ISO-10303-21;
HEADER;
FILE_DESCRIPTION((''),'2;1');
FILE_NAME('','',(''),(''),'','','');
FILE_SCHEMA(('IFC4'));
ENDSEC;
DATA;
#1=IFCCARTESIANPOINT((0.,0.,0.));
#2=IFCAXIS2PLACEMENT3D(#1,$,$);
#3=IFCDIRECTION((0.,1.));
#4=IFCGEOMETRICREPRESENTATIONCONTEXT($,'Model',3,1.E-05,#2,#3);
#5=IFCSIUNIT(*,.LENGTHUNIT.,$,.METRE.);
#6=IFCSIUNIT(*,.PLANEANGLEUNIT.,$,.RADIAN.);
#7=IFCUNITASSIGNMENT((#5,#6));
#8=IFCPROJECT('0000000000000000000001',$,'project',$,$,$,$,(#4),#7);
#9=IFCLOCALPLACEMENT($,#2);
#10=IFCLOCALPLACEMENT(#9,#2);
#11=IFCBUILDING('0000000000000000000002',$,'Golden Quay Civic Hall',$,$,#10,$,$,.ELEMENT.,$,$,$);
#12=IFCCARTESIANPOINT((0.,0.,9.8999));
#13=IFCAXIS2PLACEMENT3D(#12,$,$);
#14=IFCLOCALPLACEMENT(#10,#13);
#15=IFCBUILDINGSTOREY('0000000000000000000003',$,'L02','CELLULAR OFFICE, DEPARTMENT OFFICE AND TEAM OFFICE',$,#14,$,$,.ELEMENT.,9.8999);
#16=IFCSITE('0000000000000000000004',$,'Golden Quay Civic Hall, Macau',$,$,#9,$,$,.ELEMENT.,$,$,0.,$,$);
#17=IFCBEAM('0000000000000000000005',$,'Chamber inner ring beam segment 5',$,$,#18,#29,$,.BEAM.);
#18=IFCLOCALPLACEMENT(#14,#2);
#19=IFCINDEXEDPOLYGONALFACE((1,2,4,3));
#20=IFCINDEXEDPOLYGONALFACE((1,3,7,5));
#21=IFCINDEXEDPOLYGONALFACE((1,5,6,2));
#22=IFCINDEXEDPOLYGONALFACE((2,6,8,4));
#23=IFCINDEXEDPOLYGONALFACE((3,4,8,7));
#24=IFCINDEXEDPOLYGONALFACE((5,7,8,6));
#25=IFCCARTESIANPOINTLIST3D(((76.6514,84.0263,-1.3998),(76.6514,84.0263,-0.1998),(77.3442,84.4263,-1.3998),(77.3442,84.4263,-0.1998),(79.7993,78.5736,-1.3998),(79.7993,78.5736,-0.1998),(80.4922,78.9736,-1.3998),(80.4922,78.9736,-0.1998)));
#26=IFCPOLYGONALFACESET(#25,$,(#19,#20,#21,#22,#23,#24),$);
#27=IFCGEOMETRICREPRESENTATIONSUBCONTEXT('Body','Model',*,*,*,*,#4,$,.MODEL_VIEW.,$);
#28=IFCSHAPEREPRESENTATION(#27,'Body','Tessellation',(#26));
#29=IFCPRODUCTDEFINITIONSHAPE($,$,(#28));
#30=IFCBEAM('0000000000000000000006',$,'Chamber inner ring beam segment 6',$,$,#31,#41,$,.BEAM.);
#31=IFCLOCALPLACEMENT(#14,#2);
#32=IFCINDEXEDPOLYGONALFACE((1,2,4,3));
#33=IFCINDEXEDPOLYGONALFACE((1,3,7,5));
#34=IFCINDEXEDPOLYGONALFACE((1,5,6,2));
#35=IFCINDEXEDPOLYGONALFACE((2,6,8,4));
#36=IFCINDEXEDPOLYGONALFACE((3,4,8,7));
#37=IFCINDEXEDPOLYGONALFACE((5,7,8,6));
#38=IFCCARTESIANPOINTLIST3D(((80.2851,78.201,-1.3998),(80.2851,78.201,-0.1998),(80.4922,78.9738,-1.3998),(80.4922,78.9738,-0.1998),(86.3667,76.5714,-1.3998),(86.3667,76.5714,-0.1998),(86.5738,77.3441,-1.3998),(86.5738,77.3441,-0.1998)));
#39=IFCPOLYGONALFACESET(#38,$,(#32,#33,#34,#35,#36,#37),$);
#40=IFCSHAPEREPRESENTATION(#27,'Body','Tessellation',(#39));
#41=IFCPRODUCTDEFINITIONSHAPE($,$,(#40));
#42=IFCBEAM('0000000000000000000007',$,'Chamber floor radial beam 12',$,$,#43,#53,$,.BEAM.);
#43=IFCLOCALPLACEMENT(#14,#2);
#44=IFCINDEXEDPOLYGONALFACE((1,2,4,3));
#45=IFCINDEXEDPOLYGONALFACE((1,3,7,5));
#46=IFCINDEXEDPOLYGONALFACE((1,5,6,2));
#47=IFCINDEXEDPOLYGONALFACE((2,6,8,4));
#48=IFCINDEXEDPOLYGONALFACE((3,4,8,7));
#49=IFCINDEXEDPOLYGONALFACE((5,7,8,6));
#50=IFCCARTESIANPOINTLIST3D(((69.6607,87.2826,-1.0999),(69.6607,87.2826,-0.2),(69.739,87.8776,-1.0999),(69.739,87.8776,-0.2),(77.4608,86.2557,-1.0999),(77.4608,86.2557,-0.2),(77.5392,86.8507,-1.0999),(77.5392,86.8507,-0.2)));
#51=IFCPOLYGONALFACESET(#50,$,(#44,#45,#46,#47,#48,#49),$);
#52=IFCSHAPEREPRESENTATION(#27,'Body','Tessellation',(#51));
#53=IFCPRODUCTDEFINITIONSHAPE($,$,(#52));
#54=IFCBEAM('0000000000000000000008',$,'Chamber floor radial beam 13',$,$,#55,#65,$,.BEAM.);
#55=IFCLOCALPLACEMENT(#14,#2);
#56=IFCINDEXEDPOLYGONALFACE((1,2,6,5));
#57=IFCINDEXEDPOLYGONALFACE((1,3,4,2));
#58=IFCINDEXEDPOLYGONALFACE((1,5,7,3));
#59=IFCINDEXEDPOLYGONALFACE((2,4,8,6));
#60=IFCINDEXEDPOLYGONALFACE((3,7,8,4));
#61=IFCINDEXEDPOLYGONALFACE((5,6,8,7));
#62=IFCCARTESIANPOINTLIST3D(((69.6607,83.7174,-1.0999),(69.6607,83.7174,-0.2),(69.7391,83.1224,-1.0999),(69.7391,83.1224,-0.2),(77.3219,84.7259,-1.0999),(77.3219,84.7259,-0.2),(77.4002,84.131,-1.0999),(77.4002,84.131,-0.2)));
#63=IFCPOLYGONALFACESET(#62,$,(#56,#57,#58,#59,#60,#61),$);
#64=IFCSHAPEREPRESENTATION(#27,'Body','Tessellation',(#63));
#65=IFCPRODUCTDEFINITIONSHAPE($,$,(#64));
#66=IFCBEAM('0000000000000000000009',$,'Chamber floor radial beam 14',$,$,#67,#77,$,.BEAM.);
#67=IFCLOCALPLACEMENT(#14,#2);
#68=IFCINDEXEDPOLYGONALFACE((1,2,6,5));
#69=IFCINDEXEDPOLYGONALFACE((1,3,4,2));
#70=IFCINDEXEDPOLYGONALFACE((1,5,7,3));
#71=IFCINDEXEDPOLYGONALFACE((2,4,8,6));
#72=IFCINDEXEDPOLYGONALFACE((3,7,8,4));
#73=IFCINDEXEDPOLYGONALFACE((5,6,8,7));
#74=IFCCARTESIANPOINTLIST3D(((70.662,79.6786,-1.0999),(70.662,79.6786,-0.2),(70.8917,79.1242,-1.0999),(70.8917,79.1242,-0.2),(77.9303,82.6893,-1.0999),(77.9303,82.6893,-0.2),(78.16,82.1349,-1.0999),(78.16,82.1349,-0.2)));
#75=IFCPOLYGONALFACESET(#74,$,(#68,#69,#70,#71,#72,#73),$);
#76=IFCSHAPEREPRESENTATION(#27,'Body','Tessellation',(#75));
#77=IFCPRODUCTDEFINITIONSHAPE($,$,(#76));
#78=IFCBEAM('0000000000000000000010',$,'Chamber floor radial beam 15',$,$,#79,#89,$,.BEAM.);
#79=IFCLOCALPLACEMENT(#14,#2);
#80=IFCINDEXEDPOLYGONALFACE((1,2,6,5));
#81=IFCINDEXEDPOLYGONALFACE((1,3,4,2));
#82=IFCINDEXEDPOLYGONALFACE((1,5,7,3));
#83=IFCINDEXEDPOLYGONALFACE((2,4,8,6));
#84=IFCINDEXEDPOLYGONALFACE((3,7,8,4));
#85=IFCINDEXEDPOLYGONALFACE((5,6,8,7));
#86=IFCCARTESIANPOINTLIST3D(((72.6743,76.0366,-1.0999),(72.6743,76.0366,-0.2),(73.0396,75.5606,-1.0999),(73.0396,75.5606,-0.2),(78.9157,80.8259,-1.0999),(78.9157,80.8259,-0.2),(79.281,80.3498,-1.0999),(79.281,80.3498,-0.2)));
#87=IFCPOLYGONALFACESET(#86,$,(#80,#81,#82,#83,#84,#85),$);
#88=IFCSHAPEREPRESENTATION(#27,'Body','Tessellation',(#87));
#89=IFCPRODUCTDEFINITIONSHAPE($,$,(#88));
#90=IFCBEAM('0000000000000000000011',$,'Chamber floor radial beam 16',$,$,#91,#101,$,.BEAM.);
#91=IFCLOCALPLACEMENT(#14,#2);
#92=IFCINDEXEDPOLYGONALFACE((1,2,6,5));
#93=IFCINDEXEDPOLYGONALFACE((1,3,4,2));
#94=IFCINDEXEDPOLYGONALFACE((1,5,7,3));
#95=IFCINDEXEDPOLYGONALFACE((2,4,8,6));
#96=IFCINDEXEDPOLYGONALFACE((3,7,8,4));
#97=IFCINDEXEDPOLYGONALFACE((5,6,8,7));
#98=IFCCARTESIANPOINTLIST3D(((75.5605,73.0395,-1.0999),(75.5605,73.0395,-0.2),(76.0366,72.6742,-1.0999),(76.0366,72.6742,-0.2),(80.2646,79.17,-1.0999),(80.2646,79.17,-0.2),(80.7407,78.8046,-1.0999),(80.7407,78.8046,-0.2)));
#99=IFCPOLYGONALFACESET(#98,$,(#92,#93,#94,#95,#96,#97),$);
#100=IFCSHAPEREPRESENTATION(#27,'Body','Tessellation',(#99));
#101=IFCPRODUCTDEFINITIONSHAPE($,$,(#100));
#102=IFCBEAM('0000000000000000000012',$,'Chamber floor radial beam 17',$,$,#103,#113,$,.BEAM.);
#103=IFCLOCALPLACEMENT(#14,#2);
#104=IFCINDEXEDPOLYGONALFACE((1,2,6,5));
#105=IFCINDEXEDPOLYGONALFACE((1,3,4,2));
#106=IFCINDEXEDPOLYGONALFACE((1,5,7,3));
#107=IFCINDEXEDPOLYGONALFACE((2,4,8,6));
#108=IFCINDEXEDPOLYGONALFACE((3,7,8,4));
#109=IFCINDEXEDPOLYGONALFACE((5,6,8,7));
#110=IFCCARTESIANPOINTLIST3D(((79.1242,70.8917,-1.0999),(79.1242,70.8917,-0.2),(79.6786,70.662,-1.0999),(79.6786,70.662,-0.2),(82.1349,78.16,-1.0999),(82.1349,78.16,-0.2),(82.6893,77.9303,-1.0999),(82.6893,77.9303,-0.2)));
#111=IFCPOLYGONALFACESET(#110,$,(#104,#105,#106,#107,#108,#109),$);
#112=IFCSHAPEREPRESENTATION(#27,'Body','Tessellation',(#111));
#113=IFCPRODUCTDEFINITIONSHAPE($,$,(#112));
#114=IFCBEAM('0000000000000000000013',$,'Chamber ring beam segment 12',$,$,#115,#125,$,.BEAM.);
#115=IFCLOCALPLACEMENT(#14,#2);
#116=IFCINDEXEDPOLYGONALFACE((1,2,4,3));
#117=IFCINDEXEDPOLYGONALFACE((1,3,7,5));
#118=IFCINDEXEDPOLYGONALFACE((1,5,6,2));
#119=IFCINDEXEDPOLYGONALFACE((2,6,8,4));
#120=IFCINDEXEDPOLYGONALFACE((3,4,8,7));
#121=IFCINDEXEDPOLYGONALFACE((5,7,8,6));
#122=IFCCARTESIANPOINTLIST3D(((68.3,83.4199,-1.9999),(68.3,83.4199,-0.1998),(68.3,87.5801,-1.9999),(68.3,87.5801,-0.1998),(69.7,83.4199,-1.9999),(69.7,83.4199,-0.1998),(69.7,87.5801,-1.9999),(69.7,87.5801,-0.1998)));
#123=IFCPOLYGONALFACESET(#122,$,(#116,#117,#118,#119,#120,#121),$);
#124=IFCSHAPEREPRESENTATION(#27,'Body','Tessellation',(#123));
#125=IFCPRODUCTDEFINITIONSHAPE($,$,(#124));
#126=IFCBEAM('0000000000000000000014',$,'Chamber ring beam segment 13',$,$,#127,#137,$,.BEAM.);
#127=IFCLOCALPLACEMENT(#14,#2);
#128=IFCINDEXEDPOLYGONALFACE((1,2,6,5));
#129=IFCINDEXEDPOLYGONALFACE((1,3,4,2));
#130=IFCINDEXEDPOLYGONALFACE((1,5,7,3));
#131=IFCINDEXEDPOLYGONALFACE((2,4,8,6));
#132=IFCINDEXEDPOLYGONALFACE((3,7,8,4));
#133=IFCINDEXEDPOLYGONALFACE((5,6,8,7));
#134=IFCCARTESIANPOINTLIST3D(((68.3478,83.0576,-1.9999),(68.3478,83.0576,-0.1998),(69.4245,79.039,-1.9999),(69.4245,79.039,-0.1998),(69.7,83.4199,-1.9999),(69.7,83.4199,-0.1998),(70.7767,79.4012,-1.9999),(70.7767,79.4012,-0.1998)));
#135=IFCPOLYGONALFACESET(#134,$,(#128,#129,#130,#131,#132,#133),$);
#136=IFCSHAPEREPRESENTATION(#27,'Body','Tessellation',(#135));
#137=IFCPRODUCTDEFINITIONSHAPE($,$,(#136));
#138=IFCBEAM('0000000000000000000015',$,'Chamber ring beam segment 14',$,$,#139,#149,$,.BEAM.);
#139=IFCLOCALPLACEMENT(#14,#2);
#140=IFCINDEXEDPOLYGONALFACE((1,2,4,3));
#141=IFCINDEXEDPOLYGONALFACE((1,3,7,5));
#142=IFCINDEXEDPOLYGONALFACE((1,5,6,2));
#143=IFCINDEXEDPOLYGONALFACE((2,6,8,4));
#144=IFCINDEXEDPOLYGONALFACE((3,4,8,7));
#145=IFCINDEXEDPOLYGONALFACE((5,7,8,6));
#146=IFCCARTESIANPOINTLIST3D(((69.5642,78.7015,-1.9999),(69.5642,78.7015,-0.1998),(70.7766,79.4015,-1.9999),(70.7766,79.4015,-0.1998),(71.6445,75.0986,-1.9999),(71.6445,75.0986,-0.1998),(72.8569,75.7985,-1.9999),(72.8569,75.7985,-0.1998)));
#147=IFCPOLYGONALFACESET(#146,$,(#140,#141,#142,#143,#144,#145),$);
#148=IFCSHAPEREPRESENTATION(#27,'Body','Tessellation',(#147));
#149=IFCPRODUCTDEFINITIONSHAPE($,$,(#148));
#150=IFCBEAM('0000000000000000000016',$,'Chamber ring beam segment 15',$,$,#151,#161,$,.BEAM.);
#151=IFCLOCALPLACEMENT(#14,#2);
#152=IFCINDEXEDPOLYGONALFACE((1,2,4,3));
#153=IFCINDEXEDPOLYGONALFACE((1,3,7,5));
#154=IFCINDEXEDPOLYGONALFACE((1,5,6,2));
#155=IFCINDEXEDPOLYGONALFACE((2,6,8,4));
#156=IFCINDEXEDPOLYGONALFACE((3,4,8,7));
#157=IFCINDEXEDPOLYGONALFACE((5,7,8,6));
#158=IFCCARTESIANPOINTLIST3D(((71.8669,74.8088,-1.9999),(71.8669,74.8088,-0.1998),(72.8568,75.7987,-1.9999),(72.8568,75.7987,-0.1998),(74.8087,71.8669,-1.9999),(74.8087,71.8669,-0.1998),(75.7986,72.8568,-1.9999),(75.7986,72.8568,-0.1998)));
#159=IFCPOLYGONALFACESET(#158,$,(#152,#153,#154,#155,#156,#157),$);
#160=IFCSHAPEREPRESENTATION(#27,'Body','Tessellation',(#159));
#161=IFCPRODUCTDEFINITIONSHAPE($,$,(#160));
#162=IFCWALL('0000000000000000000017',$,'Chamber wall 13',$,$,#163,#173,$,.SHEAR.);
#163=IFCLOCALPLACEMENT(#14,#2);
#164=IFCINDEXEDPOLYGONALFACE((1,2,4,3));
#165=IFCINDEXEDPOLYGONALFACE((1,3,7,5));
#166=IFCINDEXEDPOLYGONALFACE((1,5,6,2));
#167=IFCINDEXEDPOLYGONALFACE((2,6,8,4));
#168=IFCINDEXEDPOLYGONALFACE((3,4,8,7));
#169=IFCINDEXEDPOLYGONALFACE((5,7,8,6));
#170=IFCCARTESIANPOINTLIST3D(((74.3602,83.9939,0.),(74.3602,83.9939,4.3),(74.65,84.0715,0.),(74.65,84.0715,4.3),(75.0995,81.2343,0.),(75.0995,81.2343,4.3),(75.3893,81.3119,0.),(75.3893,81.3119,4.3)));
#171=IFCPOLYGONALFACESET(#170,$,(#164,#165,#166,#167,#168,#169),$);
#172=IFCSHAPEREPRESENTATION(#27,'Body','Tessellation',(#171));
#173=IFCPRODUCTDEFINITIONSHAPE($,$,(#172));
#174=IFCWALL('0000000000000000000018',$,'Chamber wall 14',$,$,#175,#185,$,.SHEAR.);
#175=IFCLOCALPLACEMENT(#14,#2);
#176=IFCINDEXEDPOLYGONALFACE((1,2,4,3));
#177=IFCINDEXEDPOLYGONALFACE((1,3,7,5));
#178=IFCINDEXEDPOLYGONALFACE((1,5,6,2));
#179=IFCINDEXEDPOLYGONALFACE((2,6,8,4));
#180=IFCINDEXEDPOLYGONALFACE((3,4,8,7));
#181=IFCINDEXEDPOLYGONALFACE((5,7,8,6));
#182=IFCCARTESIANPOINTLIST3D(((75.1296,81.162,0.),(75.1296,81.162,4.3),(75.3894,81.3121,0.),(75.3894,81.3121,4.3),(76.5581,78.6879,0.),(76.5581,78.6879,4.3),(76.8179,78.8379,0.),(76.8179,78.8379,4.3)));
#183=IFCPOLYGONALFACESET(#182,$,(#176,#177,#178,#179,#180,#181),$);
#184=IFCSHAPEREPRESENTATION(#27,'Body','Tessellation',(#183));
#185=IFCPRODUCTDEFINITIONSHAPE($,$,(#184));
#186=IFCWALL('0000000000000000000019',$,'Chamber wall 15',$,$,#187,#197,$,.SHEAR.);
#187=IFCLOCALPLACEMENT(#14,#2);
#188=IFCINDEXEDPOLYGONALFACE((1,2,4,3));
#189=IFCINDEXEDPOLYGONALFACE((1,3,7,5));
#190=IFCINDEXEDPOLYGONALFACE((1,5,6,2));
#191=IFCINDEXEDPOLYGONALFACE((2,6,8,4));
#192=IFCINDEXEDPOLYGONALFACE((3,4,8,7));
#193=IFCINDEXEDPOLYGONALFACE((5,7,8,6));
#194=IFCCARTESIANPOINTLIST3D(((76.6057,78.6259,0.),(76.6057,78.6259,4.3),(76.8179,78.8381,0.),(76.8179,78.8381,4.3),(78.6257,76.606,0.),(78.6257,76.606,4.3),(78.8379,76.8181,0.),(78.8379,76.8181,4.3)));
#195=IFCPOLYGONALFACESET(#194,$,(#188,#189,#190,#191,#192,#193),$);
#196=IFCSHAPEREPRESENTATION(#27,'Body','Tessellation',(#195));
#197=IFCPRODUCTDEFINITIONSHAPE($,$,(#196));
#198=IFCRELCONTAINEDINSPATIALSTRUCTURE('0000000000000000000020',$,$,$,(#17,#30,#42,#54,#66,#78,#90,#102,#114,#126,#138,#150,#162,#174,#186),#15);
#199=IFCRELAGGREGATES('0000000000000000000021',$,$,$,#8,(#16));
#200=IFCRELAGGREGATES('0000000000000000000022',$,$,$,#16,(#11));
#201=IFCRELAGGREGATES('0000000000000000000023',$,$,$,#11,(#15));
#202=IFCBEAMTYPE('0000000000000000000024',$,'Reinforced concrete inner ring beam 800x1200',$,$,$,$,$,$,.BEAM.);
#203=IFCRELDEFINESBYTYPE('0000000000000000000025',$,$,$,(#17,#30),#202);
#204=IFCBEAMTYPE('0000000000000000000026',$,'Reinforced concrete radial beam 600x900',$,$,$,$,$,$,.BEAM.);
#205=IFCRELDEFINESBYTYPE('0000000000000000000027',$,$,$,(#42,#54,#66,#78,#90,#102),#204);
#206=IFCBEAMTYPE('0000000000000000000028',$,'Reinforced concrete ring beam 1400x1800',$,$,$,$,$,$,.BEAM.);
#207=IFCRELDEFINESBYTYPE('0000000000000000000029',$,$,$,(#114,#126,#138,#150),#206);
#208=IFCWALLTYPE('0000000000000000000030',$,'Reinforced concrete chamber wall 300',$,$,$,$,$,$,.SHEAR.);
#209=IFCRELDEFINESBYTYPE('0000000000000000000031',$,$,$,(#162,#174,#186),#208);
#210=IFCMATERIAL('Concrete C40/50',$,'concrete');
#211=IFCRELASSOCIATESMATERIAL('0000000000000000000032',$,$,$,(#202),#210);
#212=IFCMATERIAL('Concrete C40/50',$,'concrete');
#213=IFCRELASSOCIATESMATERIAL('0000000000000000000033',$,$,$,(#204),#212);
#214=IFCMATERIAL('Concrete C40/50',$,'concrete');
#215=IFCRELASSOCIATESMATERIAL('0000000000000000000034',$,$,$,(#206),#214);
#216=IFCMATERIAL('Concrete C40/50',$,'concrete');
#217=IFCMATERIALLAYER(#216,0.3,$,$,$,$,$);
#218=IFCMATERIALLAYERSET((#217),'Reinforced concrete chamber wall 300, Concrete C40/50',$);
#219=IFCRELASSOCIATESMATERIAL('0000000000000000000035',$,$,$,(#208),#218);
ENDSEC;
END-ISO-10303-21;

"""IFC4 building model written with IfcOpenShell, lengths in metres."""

from ifc_helpers import new_model, si_unit, direction, frame, frame_2d, origin, origin_2d, place, context, subcontext, project, spatial, rectangle, extrude, material, layer, layer_set, material_profile, profile_set, type_object, element, save


model = new_model("IFC4")

# Units and contexts
model_context = context("Model", 3, precision=1e-05, world=origin(), true_north=direction((0.0, 1.0)))
body_context = subcontext(model_context, "Body", "Model", "MODEL_VIEW")
ifc_project = project(units=[si_unit("LENGTHUNIT", "METRE"), si_unit("PLANEANGLEUNIT", "RADIAN")], contexts=[model_context])

# Site, building, storey
site_placement = place(None, origin())
site = spatial("IfcSite", under=ifc_project, at=site_placement, Name="Golden Quay Civic Hall, Macau", CompositionType="ELEMENT", RefElevation=0.0)
building_placement = place(site_placement, origin())
building = spatial("IfcBuilding", under=site, at=building_placement, Name="Golden Quay Civic Hall", CompositionType="ELEMENT")
storey_placement = place(building_placement, frame((0.0, 0.0, 9.8999)))
storey = spatial("IfcBuildingStorey", under=building, at=storey_placement, Name="L02", Description="CELLULAR OFFICE, DEPARTMENT OFFICE AND TEAM OFFICE", CompositionType="ELEMENT", Elevation=9.8999)

# Beams
ifc_material_1 = material(Name="Concrete C40/50", Category="concrete")
ifc_material_profile_1 = material_profile(ifc_material_1, rectangle(XDim=0.8, YDim=1.2, at=origin_2d()), Name="RC 800x1200")
ifc_profile_set_1 = profile_set([ifc_material_profile_1], Name="Concrete C40/50")
beam_type_1 = type_object("IfcBeamType", Name="Reinforced concrete inner ring beam 800x1200", PredefinedType="BEAM", material=ifc_profile_set_1)
for number, where, z_axis, x_axis, name in (
    (1, (76.9978, 84.2263, -0.7998), (0.499984, -0.866034, 0.0), (0.866034, 0.499984, 0.0), "Chamber inner ring beam segment 5"),
    (2, (80.3887, 78.5874, -0.7998), (0.965922, -0.258833, 0.0), (0.258833, 0.965922, 0.0), "Chamber inner ring beam segment 6"),
):
    element("IfcBeam", number, at=place(storey_placement, frame(where, z_axis=z_axis, x_axis=x_axis)), inside=storey, type_object=beam_type_1, Name=name, PredefinedType="BEAM", context=body_context, shape_type="SweptSolid", body=[
        extrude(rectangle(XDim=0.8, YDim=1.2, at=origin_2d()), origin(), (0.0, 0.0, 1.0), 6.2961),
    ])
ifc_material_2 = material(Name="Concrete C40/50", Category="concrete")
ifc_material_profile_2 = material_profile(ifc_material_2, rectangle(XDim=0.6001, YDim=0.8999, at=origin_2d()), Name="RC 600x900")
ifc_profile_set_2 = profile_set([ifc_material_profile_2], Name="Concrete C40/50")
beam_type_2 = type_object("IfcBeamType", Name="Reinforced concrete radial beam 600x900", PredefinedType="BEAM", material=ifc_profile_set_2)
beam_1_placement = place(storey_placement, frame((77.5, 86.5532, -0.6499), z_axis=(-0.991446, 0.130521, 0.0), x_axis=(-0.130521, -0.991446, 0.0)))
element("IfcBeam", 3, at=beam_1_placement, inside=storey, type_object=beam_type_2, Name="Chamber floor radial beam 12", PredefinedType="BEAM", context=body_context, shape_type="SweptSolid", body=[
    extrude(rectangle(XDim=0.6001, YDim=0.8999, at=origin_2d()), origin(), (0.0, 0.0, 1.0), 7.8674),
])
beam_2_placement = place(storey_placement, frame((77.3611, 84.4285, -0.6499), z_axis=(-0.991446, -0.130518, 0.0), x_axis=(0.130518, -0.991446, 0.0)))
element("IfcBeam", 4, at=beam_2_placement, inside=storey, type_object=beam_type_2, Name="Chamber floor radial beam 13", PredefinedType="BEAM", context=body_context, shape_type="SweptSolid", body=[
    extrude(rectangle(XDim=0.6001, YDim=0.8999, at=origin_2d()), origin(), (0.0, 0.0, 1.0), 7.7273),
])
for number, where, z_axis, x_axis, name in (
    (5, (78.0452, 82.4121, -0.6499), (-0.923875, -0.382695, 0.0), (0.382695, -0.923875, 0.0), "Chamber floor radial beam 14"),
    (6, (79.0984, 80.5879, -0.6499), (-0.793349, -0.608767, 0.0), (0.608767, -0.793349, 0.0), "Chamber floor radial beam 15"),
):
    element("IfcBeam", number, at=place(storey_placement, frame(where, z_axis=z_axis, x_axis=x_axis)), inside=storey, type_object=beam_type_2, Name=name, PredefinedType="BEAM", context=body_context, shape_type="SweptSolid", body=[
        extrude(rectangle(XDim=0.6001, YDim=0.8999, at=origin_2d()), origin(), (0.0, 0.0, 1.0), 7.8672),
    ])
beam_3_placement = place(storey_placement, frame((80.5027, 78.9873, -0.6499), z_axis=(-0.60877, -0.793347, 0.0), x_axis=(0.793347, -0.60877, 0.0)))
element("IfcBeam", 7, at=beam_3_placement, inside=storey, type_object=beam_type_2, Name="Chamber floor radial beam 16", PredefinedType="BEAM", context=body_context, shape_type="SweptSolid", body=[
    extrude(rectangle(XDim=0.6001, YDim=0.8999, at=origin_2d()), origin(), (0.0, 0.0, 1.0), 7.7273),
])
beam_4_placement = place(storey_placement, frame((82.4121, 78.0452, -0.6499), z_axis=(-0.382695, -0.923875, 0.0), x_axis=(0.923875, -0.382695, 0.0)))
element("IfcBeam", 8, at=beam_4_placement, inside=storey, type_object=beam_type_2, Name="Chamber floor radial beam 17", PredefinedType="BEAM", context=body_context, shape_type="SweptSolid", body=[
    extrude(rectangle(XDim=0.6001, YDim=0.8999, at=origin_2d()), origin(), (0.0, 0.0, 1.0), 7.8672),
])
ifc_material_3 = material(Name="Concrete C40/50", Category="concrete")
ifc_material_profile_3 = material_profile(ifc_material_3, rectangle(XDim=1.3999, YDim=1.8, at=origin_2d()), Name="RC 1400x1800")
ifc_profile_set_3 = profile_set([ifc_material_profile_3], Name="Concrete C40/50")
beam_type_3 = type_object("IfcBeamType", Name="Reinforced concrete ring beam 1400x1800", PredefinedType="BEAM", material=ifc_profile_set_3)
beam_5_placement = place(storey_placement, frame((69.0, 87.5801, -1.0999), z_axis=(0.0, -1.0, 0.0), x_axis=(1.0, 0.0, 0.0)))
element("IfcBeam", 9, at=beam_5_placement, inside=storey, type_object=beam_type_3, Name="Chamber ring beam segment 12", PredefinedType="BEAM", context=body_context, shape_type="SweptSolid", body=[
    extrude(rectangle(XDim=1.3999, YDim=1.8, at=origin_2d()), origin(), (0.0, 0.0, 1.0), 4.1602),
])
for number, where, z_axis, x_axis, name in (
    (10, (69.0239, 83.2388, -1.0999), (0.258795, -0.965932, 0.0), (0.965932, 0.258795, 0.0), "Chamber ring beam segment 13"),
    (11, (70.1704, 79.0515, -1.0999), (0.50002, -0.866014, 0.0), (0.866014, 0.50002, 0.0), "Chamber ring beam segment 14"),
    (12, (72.3618, 75.3037, -1.0999), (0.707107, -0.707107, 0.0), (0.707107, 0.707107, 0.0), "Chamber ring beam segment 15"),
):
    element("IfcBeam", number, at=place(storey_placement, frame(where, z_axis=z_axis, x_axis=x_axis)), inside=storey, type_object=beam_type_3, Name=name, PredefinedType="BEAM", context=body_context, shape_type="SweptSolid", body=[
        extrude(rectangle(XDim=1.3999, YDim=1.8, at=origin_2d()), origin(), (0.0, 0.0, 1.0), 4.1604),
    ])

# Shared definitions
ifc_material_4 = material(Name="Concrete C40/50", Category="concrete")
ifc_layer_1 = layer(ifc_material_4, 0.3)
ifc_layer_set_1 = layer_set([ifc_layer_1], Name="Reinforced concrete chamber wall 300, Concrete C40/50")
wall_type_1 = type_object("IfcWallType", Name="Reinforced concrete chamber wall 300", PredefinedType="SHEAR", material=ifc_layer_set_1)

# Walls
for number, where, z_axis, x_axis, name in (
    (13, (74.5051, 84.0327, 0.0), (0.0, 0.0, 1.0), (0.258769, -0.965939, 0.0), "Chamber wall 13"),
    (14, (75.2595, 81.2371, 0.0), (0.0, 0.0, 1.0), (0.500008, -0.866021, 0.0), "Chamber wall 14"),
):
    element("IfcWall", number, at=place(storey_placement, frame(where, z_axis=z_axis, x_axis=x_axis)), inside=storey, type_object=wall_type_1, Name=name, PredefinedType="SHEAR", context=body_context, shape_type="SweptSolid", body=[
        extrude(rectangle(XDim=2.8569, YDim=0.3, at=frame_2d((1.4285, 0.0))), origin(), (0.0, 0.0, 1.0), 4.3),
    ])
wall_1_placement = place(storey_placement, frame((76.7119, 78.7319, 0.0), z_axis=(0.0, 0.0, 1.0), x_axis=(0.707107, -0.707107, 0.0)))
element("IfcWall", 15, at=wall_1_placement, inside=storey, type_object=wall_type_1, Name="Chamber wall 15", PredefinedType="SHEAR", context=body_context, shape_type="SweptSolid", body=[
    extrude(rectangle(XDim=2.8567, YDim=0.3, at=frame_2d((1.4282, 0.0))), origin(), (0.0, 0.0, 1.0), 4.3),
])

save(model, "model.ifc")
